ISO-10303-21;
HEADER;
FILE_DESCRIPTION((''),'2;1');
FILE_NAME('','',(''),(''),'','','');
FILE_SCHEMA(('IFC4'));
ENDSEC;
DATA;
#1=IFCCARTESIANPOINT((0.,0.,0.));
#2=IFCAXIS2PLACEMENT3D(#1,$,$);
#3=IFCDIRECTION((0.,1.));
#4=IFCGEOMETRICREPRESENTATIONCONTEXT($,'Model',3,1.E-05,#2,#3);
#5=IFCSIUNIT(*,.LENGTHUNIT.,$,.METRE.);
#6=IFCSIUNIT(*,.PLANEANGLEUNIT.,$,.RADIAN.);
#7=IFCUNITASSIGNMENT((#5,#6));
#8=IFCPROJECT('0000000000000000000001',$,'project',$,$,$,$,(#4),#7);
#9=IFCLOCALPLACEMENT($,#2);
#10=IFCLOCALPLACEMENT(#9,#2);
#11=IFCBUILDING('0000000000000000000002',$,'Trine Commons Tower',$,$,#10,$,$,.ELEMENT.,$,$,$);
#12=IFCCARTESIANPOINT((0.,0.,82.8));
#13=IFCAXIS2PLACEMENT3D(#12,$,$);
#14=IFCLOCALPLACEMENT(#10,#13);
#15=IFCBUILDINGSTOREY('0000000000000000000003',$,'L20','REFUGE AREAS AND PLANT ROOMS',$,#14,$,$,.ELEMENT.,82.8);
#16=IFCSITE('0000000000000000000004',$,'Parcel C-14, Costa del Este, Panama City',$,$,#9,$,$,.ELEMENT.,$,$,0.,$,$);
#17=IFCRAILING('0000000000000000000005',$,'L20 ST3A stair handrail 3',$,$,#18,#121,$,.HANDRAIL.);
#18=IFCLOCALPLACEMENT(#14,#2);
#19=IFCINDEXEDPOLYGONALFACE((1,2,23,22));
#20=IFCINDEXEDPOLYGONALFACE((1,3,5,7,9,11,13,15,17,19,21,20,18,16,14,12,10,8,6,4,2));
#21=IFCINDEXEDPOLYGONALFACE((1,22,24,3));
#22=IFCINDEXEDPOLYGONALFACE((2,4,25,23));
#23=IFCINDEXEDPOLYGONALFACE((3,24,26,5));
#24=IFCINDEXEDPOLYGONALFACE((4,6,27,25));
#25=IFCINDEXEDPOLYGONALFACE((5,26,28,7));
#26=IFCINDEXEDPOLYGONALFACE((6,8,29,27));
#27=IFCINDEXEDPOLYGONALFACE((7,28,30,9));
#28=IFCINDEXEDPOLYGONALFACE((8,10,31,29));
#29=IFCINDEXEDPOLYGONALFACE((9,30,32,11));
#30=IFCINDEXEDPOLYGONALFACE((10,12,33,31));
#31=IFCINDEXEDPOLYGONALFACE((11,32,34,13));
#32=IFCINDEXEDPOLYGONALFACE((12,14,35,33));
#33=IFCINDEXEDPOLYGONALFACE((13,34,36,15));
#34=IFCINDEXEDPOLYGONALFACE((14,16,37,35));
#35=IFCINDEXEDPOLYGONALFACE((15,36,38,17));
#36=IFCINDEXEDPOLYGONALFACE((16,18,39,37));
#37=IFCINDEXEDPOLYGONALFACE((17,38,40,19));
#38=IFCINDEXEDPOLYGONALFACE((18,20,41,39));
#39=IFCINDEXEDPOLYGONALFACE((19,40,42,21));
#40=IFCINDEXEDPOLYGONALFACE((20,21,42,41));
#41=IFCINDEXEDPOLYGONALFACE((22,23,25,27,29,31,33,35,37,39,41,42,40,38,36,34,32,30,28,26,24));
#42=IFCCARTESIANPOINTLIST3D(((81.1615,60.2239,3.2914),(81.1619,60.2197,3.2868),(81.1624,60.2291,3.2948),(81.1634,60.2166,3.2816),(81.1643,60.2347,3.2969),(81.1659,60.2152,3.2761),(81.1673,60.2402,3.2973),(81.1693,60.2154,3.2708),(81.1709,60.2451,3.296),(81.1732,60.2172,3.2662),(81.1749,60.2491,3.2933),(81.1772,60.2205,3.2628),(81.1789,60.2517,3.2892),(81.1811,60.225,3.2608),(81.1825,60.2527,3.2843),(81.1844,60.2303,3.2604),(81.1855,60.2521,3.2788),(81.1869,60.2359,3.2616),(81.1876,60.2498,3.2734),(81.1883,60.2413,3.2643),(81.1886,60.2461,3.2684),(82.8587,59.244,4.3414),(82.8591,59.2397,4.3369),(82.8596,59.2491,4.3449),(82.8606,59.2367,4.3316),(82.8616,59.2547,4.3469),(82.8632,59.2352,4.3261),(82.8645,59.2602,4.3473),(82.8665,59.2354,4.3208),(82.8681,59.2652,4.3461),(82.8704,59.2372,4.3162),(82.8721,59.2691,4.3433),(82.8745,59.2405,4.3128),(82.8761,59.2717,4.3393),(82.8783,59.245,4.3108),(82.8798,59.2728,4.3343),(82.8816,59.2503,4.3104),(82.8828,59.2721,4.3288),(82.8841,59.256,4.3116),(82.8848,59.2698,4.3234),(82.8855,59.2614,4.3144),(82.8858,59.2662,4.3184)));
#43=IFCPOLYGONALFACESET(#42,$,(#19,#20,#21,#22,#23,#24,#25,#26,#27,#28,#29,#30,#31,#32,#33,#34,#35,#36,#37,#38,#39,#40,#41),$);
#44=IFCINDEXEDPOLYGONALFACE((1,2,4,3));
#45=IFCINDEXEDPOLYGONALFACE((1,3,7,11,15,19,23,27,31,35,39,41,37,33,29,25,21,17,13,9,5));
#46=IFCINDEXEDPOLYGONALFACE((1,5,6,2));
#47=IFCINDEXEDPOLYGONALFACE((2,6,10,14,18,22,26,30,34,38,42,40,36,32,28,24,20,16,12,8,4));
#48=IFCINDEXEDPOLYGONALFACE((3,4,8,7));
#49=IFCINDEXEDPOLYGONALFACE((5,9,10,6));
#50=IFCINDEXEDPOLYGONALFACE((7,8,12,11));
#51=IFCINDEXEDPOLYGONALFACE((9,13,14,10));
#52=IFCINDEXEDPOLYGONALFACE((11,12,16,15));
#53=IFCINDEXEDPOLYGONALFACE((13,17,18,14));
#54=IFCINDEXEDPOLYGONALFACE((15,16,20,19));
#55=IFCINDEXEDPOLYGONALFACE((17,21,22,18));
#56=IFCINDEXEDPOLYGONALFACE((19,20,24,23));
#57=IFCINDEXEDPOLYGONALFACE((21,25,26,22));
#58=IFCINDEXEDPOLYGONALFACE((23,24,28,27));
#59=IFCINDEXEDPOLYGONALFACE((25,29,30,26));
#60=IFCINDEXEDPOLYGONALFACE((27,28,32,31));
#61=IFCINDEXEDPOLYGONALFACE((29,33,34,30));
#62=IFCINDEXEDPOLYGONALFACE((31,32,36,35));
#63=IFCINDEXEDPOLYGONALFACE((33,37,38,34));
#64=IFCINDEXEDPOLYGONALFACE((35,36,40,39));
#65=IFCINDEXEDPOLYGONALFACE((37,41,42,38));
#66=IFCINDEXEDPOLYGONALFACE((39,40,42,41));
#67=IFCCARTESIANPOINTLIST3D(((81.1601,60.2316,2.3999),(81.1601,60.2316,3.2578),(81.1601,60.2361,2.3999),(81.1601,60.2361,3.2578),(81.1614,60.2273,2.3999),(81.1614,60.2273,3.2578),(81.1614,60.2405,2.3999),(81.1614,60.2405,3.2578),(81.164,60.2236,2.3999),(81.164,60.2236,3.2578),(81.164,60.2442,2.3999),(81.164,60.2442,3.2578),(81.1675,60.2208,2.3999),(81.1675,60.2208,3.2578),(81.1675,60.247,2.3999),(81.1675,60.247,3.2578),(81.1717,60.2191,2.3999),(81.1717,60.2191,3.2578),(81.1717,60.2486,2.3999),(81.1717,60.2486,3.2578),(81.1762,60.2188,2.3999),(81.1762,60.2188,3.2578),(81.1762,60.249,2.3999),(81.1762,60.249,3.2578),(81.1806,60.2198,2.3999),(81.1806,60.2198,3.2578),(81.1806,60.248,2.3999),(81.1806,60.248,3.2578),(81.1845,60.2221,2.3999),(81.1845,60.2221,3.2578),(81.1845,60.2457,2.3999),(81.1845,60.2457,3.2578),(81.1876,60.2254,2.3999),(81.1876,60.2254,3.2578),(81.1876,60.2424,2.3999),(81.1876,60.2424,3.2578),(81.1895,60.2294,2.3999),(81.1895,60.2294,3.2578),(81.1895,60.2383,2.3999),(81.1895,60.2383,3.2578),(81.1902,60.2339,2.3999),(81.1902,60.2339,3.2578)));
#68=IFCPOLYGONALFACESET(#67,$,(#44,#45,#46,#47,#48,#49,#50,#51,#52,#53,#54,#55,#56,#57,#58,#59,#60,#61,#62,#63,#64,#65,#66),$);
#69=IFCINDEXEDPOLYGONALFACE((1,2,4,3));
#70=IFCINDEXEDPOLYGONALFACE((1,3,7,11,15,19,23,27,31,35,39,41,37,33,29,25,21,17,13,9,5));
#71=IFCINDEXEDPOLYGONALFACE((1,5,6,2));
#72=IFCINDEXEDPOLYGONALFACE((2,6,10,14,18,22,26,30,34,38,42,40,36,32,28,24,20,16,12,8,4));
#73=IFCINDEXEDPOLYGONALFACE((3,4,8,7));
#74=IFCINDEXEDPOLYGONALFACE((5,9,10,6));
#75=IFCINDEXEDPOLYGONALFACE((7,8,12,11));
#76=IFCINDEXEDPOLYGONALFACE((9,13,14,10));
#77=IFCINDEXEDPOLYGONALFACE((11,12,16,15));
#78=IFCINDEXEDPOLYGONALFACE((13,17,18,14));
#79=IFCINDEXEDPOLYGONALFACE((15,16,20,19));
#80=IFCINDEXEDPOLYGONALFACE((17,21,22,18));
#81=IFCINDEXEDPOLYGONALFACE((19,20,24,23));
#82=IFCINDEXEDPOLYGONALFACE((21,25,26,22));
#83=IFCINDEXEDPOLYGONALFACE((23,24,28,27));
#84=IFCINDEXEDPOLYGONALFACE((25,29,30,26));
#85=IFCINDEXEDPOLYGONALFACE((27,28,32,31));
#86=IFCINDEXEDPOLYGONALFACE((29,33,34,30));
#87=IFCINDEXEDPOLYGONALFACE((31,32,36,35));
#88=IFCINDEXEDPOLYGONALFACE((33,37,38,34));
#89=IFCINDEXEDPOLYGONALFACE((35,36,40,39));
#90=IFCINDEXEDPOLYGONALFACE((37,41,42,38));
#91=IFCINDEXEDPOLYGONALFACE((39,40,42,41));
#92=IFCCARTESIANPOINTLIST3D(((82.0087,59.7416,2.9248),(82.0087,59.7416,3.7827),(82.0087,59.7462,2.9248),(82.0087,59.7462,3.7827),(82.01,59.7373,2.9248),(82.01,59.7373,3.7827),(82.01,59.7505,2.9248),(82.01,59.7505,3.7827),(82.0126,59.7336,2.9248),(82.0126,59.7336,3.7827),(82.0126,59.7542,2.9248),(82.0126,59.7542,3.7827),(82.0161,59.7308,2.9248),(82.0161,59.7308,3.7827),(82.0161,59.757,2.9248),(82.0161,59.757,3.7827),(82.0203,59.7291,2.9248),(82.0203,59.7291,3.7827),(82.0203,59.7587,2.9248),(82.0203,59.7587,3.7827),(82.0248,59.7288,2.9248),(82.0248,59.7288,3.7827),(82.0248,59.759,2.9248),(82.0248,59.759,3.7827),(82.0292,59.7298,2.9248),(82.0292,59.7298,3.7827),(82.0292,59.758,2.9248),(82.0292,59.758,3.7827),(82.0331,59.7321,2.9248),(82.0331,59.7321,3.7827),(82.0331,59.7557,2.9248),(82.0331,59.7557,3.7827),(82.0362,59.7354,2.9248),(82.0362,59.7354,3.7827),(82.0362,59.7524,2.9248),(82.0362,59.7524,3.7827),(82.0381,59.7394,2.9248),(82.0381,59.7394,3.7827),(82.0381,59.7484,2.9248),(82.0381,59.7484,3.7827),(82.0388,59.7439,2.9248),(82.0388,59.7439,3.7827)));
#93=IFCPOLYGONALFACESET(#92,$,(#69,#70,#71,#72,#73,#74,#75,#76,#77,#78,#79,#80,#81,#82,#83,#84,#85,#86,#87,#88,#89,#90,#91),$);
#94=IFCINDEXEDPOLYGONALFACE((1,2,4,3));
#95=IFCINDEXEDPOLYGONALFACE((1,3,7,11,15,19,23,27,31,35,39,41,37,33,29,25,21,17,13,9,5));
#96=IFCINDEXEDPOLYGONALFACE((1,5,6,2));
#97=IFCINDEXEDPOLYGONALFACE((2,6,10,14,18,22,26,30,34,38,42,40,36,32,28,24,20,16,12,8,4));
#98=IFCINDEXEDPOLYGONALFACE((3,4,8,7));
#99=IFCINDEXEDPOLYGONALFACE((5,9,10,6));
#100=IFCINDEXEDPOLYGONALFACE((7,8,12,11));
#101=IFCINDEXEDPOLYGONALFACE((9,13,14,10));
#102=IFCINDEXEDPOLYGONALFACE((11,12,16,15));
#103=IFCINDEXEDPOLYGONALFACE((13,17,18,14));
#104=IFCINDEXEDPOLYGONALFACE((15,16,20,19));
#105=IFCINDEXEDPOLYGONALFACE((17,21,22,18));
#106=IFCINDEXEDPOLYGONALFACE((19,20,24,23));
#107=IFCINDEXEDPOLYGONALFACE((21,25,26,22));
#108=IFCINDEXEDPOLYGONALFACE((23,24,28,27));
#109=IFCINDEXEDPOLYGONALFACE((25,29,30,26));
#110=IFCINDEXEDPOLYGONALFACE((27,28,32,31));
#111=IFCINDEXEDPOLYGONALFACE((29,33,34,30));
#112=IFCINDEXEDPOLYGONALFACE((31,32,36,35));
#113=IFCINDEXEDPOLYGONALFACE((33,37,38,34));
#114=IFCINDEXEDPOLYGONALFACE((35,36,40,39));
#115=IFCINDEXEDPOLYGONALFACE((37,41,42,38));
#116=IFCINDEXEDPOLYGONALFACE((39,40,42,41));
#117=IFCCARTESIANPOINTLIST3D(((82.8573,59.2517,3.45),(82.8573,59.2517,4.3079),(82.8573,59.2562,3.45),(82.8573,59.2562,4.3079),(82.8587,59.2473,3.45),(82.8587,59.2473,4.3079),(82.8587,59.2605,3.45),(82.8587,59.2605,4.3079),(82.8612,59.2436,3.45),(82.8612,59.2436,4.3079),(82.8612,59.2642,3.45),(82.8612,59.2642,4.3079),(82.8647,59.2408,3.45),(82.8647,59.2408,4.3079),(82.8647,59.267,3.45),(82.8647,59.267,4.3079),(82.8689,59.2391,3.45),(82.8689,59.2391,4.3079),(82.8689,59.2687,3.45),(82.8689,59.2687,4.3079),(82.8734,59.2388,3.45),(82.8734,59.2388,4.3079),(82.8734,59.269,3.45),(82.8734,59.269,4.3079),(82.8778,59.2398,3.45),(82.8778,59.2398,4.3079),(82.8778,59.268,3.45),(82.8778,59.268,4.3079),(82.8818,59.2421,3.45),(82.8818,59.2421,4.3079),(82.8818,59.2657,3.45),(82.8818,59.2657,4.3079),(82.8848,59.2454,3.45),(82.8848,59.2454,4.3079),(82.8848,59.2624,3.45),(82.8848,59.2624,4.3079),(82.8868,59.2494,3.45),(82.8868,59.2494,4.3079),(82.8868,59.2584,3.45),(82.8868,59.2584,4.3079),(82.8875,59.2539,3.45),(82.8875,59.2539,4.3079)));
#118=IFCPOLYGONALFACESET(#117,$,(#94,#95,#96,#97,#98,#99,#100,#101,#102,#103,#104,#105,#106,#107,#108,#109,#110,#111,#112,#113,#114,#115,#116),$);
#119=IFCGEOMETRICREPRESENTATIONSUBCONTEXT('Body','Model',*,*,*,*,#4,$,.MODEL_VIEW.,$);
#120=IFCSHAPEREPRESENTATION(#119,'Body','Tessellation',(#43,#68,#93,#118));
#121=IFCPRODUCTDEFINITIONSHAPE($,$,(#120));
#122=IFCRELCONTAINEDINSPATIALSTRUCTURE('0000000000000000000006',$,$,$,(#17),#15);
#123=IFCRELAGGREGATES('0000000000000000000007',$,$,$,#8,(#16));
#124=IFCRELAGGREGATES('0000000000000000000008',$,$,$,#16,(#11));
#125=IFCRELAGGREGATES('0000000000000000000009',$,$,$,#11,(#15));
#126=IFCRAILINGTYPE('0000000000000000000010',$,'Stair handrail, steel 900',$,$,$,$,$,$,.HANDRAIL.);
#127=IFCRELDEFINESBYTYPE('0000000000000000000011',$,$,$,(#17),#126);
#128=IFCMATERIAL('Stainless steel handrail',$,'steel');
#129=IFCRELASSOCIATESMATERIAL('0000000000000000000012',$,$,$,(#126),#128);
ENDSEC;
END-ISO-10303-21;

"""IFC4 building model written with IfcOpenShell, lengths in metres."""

from ifc_helpers import new_model, si_unit, direction, frame, origin, origin_2d, place, context, subcontext, project, spatial, circle, extrude, material, type_object, element, save


model = new_model("IFC4")

# Units and contexts
model_context = context("Model", 3, precision=1e-05, world=origin(), true_north=direction((0.0, 1.0)))
body_context = subcontext(model_context, "Body", "Model", "MODEL_VIEW")
ifc_project = project(units=[si_unit("LENGTHUNIT", "METRE"), si_unit("PLANEANGLEUNIT", "RADIAN")], contexts=[model_context])

# Site, building, storey
site_placement = place(None, origin())
site = spatial("IfcSite", under=ifc_project, at=site_placement, Name="Parcel C-14, Costa del Este, Panama City", CompositionType="ELEMENT", RefElevation=0.0)
building_placement = place(site_placement, origin())
building = spatial("IfcBuilding", under=site, at=building_placement, Name="Trine Commons Tower", CompositionType="ELEMENT")
storey_placement = place(building_placement, frame((0.0, 0.0, 82.8)))
storey = spatial("IfcBuildingStorey", under=building, at=storey_placement, Name="L20", Description="REFUGE AREAS AND PLANT ROOMS", CompositionType="ELEMENT", Elevation=82.8)

# Railing
ifc_material_1 = material(Name="Stainless steel handrail", Category="steel")
railing_type_1 = type_object("IfcRailingType", Name="Stair handrail, steel 900", PredefinedType="HANDRAIL", material=ifc_material_1)
railing_1_placement = place(storey_placement, frame((81.175, 60.2339, 2.3999)))
element("IfcRailing", 1, at=railing_1_placement, inside=storey, type_object=railing_type_1, Name="L20 ST3A stair handrail 3", PredefinedType="HANDRAIL", context=body_context, shape_type="SweptSolid", body=[
    extrude(circle(Radius=0.021, at=origin_2d()), frame((0.0, 0.0, 0.8789), z_axis=(0.763352, -0.44075, 0.472264), x_axis=(0.500024, 0.866011, 0.0)), (0.0, 0.0, 1.0), 2.2234),
    extrude(circle(Radius=0.0151, at=origin_2d()), origin(), (0.0, 0.0, 1.0), 0.8579),
    extrude(circle(Radius=0.0151, at=origin_2d()), frame((0.8486, -0.49, 0.5249)), (0.0, 0.0, 1.0), 0.8579),
    extrude(circle(Radius=0.0151, at=origin_2d()), frame((1.6973, -0.98, 1.05)), (0.0, 0.0, 1.0), 0.8579),
])

save(model, "model.ifc")
